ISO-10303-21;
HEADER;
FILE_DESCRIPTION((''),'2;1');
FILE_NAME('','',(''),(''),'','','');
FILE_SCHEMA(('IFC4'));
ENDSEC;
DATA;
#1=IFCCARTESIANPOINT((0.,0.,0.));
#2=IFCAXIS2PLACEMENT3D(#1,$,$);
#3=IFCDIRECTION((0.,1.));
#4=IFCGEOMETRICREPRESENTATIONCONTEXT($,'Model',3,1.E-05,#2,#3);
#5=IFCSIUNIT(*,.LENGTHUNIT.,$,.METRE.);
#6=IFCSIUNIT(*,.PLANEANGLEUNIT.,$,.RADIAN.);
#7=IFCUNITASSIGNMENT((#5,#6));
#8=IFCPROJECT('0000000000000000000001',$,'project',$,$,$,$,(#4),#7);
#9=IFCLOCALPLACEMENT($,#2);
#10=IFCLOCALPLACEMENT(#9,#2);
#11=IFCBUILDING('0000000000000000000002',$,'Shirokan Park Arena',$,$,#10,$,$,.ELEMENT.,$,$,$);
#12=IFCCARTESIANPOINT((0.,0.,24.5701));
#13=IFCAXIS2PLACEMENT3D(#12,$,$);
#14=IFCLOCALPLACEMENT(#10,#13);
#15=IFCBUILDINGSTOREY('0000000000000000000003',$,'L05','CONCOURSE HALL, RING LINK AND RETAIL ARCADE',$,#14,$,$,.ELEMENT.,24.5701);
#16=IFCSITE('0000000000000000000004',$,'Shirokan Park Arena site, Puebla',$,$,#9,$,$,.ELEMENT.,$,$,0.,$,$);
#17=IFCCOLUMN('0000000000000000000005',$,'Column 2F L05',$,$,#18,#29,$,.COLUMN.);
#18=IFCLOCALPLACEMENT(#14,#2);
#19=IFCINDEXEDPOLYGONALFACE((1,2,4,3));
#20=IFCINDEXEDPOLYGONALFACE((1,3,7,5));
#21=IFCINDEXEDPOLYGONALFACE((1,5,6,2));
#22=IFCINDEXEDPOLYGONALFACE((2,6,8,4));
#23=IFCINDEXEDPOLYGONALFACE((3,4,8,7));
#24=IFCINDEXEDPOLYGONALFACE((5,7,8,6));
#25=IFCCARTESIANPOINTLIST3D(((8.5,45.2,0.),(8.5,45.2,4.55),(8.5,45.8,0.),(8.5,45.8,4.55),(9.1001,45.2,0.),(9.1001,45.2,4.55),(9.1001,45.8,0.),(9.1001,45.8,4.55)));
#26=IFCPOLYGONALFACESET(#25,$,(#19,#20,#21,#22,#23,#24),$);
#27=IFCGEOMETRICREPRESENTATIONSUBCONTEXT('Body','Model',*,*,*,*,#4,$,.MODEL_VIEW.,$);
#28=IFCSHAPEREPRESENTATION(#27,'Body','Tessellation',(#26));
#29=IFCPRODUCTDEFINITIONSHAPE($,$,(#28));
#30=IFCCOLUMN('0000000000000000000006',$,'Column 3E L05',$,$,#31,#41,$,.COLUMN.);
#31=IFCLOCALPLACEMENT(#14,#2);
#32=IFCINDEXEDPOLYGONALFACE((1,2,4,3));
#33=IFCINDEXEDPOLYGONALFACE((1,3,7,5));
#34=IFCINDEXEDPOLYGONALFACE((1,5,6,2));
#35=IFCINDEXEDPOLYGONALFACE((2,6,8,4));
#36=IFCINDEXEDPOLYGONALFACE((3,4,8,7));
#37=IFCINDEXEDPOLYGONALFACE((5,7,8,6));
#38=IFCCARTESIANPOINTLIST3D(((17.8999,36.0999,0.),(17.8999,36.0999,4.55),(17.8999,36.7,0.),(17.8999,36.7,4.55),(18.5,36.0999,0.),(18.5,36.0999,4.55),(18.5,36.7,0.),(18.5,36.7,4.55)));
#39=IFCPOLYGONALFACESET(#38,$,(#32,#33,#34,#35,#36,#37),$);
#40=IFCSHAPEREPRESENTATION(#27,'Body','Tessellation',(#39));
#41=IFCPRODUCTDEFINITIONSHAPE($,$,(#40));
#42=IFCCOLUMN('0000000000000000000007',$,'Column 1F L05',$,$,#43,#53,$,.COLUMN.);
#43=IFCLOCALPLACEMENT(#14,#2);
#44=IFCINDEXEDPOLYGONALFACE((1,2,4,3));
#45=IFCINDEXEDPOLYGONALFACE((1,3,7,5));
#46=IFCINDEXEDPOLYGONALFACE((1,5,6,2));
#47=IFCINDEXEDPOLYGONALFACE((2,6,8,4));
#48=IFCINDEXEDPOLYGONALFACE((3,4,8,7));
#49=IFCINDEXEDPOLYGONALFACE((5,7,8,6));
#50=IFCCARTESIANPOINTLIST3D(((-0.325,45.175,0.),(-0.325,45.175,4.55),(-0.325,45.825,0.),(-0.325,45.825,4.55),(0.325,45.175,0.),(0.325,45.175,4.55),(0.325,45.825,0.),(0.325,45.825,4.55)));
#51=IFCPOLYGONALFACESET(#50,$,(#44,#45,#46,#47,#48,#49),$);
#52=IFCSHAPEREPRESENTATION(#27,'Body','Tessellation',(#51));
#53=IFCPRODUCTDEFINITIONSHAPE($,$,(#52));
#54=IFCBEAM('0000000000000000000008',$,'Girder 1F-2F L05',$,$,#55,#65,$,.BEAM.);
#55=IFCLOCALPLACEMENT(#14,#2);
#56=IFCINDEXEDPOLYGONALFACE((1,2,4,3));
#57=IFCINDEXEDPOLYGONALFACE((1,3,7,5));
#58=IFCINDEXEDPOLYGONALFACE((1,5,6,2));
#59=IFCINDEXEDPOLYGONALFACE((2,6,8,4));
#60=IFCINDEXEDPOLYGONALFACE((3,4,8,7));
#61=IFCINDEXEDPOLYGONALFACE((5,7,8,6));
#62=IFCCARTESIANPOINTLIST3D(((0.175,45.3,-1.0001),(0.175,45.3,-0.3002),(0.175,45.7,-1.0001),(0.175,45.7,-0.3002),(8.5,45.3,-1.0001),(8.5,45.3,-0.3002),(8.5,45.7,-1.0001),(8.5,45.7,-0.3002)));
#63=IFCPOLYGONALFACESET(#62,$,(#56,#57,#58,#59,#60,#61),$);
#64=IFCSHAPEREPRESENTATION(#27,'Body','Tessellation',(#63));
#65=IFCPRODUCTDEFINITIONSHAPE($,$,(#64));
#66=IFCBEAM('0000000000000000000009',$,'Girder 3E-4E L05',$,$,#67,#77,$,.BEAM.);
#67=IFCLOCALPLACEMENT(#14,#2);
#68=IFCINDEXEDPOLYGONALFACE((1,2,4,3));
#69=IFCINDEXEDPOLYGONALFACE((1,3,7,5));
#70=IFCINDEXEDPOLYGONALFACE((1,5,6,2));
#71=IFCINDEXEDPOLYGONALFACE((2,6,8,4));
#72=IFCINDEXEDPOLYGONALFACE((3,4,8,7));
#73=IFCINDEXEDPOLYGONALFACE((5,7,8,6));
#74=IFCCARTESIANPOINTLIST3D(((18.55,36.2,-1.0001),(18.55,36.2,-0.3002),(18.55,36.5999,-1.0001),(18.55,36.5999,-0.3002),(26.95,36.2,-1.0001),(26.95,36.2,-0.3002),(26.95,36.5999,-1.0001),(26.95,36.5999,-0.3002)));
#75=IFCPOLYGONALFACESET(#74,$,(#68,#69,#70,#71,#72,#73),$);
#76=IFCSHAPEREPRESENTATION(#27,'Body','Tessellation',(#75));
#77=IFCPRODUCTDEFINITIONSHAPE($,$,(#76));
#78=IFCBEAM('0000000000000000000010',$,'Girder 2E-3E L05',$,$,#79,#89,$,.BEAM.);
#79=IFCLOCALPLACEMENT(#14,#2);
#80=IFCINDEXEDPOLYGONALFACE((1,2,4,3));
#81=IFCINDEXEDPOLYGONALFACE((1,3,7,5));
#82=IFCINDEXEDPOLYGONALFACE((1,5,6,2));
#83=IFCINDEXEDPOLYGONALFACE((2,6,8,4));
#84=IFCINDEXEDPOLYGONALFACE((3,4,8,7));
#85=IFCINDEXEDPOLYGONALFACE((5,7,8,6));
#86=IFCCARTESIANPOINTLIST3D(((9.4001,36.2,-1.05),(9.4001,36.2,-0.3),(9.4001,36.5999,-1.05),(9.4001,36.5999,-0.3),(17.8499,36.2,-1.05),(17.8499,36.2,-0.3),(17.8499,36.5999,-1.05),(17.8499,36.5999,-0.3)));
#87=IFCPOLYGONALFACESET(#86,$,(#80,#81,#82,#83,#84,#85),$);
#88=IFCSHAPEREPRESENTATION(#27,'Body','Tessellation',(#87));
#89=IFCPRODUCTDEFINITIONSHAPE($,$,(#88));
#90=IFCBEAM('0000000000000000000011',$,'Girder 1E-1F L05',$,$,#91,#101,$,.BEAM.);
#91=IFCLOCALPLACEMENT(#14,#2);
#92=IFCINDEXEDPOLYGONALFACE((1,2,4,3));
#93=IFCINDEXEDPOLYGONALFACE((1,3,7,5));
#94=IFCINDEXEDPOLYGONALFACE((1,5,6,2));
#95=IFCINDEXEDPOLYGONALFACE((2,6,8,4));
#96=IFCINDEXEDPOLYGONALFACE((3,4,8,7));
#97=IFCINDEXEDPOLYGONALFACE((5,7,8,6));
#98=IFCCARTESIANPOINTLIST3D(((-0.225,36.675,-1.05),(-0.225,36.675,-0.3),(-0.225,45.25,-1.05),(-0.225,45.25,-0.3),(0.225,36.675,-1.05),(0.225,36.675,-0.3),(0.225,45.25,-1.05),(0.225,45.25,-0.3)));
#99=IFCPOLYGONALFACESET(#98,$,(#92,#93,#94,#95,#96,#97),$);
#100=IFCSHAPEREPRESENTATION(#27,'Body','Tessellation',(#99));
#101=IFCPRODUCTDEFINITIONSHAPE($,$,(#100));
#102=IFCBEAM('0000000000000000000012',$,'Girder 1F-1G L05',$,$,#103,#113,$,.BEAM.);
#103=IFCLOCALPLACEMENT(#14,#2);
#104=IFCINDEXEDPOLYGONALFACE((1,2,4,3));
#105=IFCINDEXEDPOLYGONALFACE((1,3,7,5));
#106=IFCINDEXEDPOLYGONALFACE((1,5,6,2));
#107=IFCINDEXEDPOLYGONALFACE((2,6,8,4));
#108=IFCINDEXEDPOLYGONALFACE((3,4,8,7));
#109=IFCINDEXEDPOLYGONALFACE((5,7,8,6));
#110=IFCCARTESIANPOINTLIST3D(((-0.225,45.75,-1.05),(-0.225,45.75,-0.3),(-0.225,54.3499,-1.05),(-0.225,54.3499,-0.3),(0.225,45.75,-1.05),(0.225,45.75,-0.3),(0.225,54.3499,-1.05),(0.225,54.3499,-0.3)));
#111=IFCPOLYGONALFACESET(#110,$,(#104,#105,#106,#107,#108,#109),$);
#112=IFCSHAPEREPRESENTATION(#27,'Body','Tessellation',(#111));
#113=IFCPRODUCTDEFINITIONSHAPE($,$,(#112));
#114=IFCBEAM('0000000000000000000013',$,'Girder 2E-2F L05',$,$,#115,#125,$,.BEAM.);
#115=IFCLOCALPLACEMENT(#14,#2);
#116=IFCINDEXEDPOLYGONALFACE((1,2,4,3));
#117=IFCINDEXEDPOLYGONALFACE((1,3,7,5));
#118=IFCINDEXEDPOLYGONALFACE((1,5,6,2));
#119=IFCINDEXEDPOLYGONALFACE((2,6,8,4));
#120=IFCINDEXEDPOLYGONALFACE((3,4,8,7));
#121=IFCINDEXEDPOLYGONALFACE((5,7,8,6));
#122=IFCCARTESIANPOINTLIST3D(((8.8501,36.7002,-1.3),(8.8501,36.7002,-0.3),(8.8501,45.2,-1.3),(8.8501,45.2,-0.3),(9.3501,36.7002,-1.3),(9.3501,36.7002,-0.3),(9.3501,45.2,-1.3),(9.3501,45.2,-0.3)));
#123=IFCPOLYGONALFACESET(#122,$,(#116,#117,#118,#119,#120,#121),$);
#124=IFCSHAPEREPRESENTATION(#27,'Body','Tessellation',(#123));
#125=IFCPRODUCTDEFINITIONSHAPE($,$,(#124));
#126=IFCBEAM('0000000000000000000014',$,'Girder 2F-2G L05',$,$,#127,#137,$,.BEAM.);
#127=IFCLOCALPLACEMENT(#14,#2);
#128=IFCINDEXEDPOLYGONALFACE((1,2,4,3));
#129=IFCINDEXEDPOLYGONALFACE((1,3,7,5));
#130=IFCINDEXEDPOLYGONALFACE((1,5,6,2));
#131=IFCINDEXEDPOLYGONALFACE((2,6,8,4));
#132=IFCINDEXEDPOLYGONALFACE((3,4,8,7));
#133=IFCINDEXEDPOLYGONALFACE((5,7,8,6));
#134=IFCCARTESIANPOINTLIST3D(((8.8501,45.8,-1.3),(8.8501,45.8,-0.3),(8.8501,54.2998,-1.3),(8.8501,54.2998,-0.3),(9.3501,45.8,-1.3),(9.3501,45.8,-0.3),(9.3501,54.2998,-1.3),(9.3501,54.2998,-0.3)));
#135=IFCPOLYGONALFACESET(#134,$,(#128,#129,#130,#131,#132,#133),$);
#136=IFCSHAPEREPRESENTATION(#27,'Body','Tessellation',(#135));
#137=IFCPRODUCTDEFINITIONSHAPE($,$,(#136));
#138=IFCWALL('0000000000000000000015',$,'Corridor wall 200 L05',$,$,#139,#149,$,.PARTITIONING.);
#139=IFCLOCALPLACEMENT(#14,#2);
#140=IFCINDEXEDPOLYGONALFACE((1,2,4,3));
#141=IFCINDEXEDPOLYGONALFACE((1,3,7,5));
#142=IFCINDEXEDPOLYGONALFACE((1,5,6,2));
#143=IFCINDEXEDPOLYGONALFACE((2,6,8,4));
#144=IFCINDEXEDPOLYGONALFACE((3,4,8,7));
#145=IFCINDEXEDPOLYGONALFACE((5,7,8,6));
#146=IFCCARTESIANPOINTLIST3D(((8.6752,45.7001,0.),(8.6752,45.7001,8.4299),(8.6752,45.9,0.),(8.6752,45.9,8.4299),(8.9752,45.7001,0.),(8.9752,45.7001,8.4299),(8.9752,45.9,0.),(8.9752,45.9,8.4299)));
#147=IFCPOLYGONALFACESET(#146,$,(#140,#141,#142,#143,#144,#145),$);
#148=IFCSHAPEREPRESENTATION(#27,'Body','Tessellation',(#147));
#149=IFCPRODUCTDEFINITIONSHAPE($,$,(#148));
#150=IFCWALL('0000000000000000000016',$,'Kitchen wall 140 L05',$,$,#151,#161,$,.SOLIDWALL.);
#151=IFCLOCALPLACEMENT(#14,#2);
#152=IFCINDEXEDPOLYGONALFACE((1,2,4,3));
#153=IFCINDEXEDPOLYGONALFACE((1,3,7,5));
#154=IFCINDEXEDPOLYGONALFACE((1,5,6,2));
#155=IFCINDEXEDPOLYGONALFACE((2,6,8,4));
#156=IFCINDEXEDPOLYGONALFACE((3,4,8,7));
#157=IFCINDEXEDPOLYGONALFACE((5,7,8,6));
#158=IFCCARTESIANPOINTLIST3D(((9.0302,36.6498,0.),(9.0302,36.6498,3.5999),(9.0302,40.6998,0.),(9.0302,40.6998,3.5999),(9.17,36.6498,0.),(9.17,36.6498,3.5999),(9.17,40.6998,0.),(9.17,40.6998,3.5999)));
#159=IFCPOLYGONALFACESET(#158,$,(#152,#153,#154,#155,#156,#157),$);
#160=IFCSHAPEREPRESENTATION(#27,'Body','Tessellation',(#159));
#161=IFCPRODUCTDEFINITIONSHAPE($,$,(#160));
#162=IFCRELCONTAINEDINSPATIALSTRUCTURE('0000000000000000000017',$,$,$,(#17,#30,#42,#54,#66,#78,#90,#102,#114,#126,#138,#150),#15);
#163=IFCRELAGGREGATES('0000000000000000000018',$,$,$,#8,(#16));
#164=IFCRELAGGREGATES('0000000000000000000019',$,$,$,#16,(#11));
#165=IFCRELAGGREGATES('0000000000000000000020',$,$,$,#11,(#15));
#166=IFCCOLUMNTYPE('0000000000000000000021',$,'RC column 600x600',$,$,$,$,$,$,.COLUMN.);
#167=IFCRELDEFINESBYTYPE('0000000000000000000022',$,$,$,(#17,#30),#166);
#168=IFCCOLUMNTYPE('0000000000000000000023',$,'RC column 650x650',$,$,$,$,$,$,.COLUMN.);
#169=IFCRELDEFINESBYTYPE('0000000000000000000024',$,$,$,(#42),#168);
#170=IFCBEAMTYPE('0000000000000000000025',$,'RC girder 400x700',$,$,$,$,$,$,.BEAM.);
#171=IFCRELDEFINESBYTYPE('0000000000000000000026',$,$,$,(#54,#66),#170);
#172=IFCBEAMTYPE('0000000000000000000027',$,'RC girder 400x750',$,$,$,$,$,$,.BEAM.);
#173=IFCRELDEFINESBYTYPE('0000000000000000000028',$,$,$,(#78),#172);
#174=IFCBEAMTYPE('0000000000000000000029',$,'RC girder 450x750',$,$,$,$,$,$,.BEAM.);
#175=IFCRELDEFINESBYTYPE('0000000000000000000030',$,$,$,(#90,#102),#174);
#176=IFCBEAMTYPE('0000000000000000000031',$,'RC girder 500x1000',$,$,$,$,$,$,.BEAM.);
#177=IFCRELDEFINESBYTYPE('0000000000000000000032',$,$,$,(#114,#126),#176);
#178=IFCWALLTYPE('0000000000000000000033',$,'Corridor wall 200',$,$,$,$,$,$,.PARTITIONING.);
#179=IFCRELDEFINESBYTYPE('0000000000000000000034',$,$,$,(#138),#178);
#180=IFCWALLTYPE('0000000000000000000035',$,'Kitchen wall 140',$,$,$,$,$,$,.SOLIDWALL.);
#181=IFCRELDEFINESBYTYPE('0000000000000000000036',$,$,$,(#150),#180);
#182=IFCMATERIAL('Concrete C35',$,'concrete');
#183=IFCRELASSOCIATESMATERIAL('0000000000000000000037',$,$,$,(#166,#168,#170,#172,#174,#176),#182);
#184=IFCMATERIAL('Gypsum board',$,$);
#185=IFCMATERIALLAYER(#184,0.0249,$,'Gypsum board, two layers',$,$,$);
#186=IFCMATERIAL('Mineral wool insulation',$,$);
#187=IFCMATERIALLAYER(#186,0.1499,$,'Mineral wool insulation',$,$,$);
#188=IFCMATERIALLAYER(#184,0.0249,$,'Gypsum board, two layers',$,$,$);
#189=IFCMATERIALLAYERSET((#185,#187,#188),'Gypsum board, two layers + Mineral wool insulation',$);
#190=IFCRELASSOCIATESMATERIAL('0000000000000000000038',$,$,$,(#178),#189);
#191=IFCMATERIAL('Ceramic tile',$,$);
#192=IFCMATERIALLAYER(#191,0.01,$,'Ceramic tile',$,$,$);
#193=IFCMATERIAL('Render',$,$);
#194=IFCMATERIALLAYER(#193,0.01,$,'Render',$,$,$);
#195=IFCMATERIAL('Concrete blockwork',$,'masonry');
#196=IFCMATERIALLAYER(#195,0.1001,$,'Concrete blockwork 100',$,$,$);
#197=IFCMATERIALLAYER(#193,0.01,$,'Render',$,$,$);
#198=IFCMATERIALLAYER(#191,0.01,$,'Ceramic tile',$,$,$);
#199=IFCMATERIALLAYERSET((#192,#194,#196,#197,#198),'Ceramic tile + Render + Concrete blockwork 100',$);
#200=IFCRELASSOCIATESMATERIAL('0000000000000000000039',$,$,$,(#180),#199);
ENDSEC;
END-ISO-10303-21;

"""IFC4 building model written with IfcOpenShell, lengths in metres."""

from ifc_helpers import new_model, si_unit, direction, frame, frame_2d, origin, origin_2d, place, context, subcontext, project, spatial, rectangle, extrude, material, layer, layer_set, material_profile, profile_set, type_object, element, save


model = new_model("IFC4")

# Units and contexts
model_context = context("Model", 3, precision=1e-05, world=origin(), true_north=direction((0.0, 1.0)))
body_context = subcontext(model_context, "Body", "Model", "MODEL_VIEW")
ifc_project = project(units=[si_unit("LENGTHUNIT", "METRE"), si_unit("PLANEANGLEUNIT", "RADIAN")], contexts=[model_context])

# Site, building, storey
site_placement = place(None, origin())
site = spatial("IfcSite", under=ifc_project, at=site_placement, Name="Shirokan Park Arena site, Puebla", CompositionType="ELEMENT", RefElevation=0.0)
building_placement = place(site_placement, origin())
building = spatial("IfcBuilding", under=site, at=building_placement, Name="Shirokan Park Arena", CompositionType="ELEMENT")
storey_placement = place(building_placement, frame((0.0, 0.0, 24.5701)))
storey = spatial("IfcBuildingStorey", under=building, at=storey_placement, Name="L05", Description="CONCOURSE HALL, RING LINK AND RETAIL ARCADE", CompositionType="ELEMENT", Elevation=24.5701)

# Columns
ifc_material_1 = material(Name="Concrete C35", Category="concrete")
ifc_material_profile_1 = material_profile(ifc_material_1, rectangle(XDim=0.6001, YDim=0.6001, at=origin_2d()), Name="600x600")
ifc_profile_set_1 = profile_set([ifc_material_profile_1], Name="Concrete C35")
column_type_1 = type_object("IfcColumnType", Name="RC column 600x600", PredefinedType="COLUMN", material=ifc_profile_set_1)
for number, where, z_axis, x_axis, name in (
    (1, (8.8, 45.5, 0.0), (0.0, 0.0, 1.0), (1.0, 0.0, 0.0), "Column 2F L05"),
    (2, (18.2, 36.3999, 0.0), (0.0, 0.0, 1.0), (1.0, 0.0, 0.0), "Column 3E L05"),
):
    element("IfcColumn", number, at=place(storey_placement, frame(where, z_axis=z_axis, x_axis=x_axis)), inside=storey, type_object=column_type_1, Name=name, PredefinedType="COLUMN", context=body_context, shape_type="SweptSolid", body=[
        extrude(rectangle(XDim=0.6001, YDim=0.6001, at=origin_2d()), origin(), (0.0, 0.0, 1.0), 4.55),
    ])
ifc_material_profile_2 = material_profile(ifc_material_1, rectangle(XDim=0.6499, YDim=0.6499, at=origin_2d()), Name="650x650")
ifc_profile_set_2 = profile_set([ifc_material_profile_2], Name="Concrete C35")
column_type_2 = type_object("IfcColumnType", Name="RC column 650x650", PredefinedType="COLUMN", material=ifc_profile_set_2)
column_placement = place(storey_placement, frame((0.0, 45.5, 0.0), z_axis=(0.0, 0.0, 1.0), x_axis=(1.0, 0.0, 0.0)))
element("IfcColumn", 3, at=column_placement, inside=storey, type_object=column_type_2, Name="Column 1F L05", PredefinedType="COLUMN", context=body_context, shape_type="SweptSolid", body=[
    extrude(rectangle(XDim=0.6499, YDim=0.6499, at=origin_2d()), origin(), (0.0, 0.0, 1.0), 4.55),
])

# Beams
ifc_material_profile_3 = material_profile(ifc_material_1, rectangle(XDim=0.3999, YDim=0.7, at=origin_2d()), Name="400x700")
ifc_profile_set_3 = profile_set([ifc_material_profile_3], Name="Concrete C35")
beam_type_1 = type_object("IfcBeamType", Name="RC girder 400x700", PredefinedType="BEAM", material=ifc_profile_set_3)
beam_1_placement = place(storey_placement, frame((0.175, 45.5, -0.6501), z_axis=(1.0, 0.0, 0.0), x_axis=(0.0, 1.0, 0.0)))
element("IfcBeam", 4, at=beam_1_placement, inside=storey, type_object=beam_type_1, Name="Girder 1F-2F L05", PredefinedType="BEAM", context=body_context, shape_type="SweptSolid", body=[
    extrude(rectangle(XDim=0.3999, YDim=0.7, at=origin_2d()), origin(), (0.0, 0.0, 1.0), 8.325),
])
beam_2_placement = place(storey_placement, frame((18.55, 36.3999, -0.6501), z_axis=(1.0, 0.0, 0.0), x_axis=(0.0, 1.0, 0.0)))
element("IfcBeam", 5, at=beam_2_placement, inside=storey, type_object=beam_type_1, Name="Girder 3E-4E L05", PredefinedType="BEAM", context=body_context, shape_type="SweptSolid", body=[
    extrude(rectangle(XDim=0.3999, YDim=0.7, at=origin_2d()), origin(), (0.0, 0.0, 1.0), 8.3999),
])
ifc_material_profile_4 = material_profile(ifc_material_1, rectangle(XDim=0.3999, YDim=0.75, at=origin_2d()), Name="400x750")
ifc_profile_set_4 = profile_set([ifc_material_profile_4], Name="Concrete C35")
beam_type_2 = type_object("IfcBeamType", Name="RC girder 400x750", PredefinedType="BEAM", material=ifc_profile_set_4)
beam_3_placement = place(storey_placement, frame((9.4001, 36.3999, -0.675), z_axis=(1.0, 0.0, 0.0), x_axis=(0.0, 1.0, 0.0)))
element("IfcBeam", 6, at=beam_3_placement, inside=storey, type_object=beam_type_2, Name="Girder 2E-3E L05", PredefinedType="BEAM", context=body_context, shape_type="SweptSolid", body=[
    extrude(rectangle(XDim=0.3999, YDim=0.75, at=origin_2d()), origin(), (0.0, 0.0, 1.0), 8.4497),
])
ifc_material_profile_5 = material_profile(ifc_material_1, rectangle(XDim=0.45, YDim=0.75, at=origin_2d()), Name="450x750")
ifc_profile_set_5 = profile_set([ifc_material_profile_5], Name="Concrete C35")
beam_type_3 = type_object("IfcBeamType", Name="RC girder 450x750", PredefinedType="BEAM", material=ifc_profile_set_5)
beam_4_placement = place(storey_placement, frame((0.0, 36.675, -0.675), z_axis=(0.0, 1.0, 0.0), x_axis=(-1.0, 0.0, 0.0)))
element("IfcBeam", 7, at=beam_4_placement, inside=storey, type_object=beam_type_3, Name="Girder 1E-1F L05", PredefinedType="BEAM", context=body_context, shape_type="SweptSolid", body=[
    extrude(rectangle(XDim=0.45, YDim=0.75, at=origin_2d()), origin(), (0.0, 0.0, 1.0), 8.575),
])
beam_5_placement = place(storey_placement, frame((0.0, 45.75, -0.675), z_axis=(0.0, 1.0, 0.0), x_axis=(-1.0, 0.0, 0.0)))
element("IfcBeam", 8, at=beam_5_placement, inside=storey, type_object=beam_type_3, Name="Girder 1F-1G L05", PredefinedType="BEAM", context=body_context, shape_type="SweptSolid", body=[
    extrude(rectangle(XDim=0.45, YDim=0.75, at=origin_2d()), origin(), (0.0, 0.0, 1.0), 8.5999),
])
ifc_material_profile_6 = material_profile(ifc_material_1, rectangle(XDim=0.5, YDim=1.0, at=origin_2d()), Name="500x1000")
ifc_profile_set_6 = profile_set([ifc_material_profile_6], Name="Concrete C35")
beam_type_4 = type_object("IfcBeamType", Name="RC girder 500x1000", PredefinedType="BEAM", material=ifc_profile_set_6)
for number, where, z_axis, x_axis, name in (
    (9, (9.1001, 36.7002, -0.8), (0.0, 1.0, 0.0), (-1.0, 0.0, 0.0), "Girder 2E-2F L05"),
    (10, (9.1001, 45.8, -0.8), (0.0, 1.0, 0.0), (-1.0, 0.0, 0.0), "Girder 2F-2G L05"),
):
    element("IfcBeam", number, at=place(storey_placement, frame(where, z_axis=z_axis, x_axis=x_axis)), inside=storey, type_object=beam_type_4, Name=name, PredefinedType="BEAM", context=body_context, shape_type="SweptSolid", body=[
        extrude(rectangle(XDim=0.5, YDim=1.0, at=origin_2d()), origin(), (0.0, 0.0, 1.0), 8.4998),
    ])

# Shared definitions
ifc_material_2 = material(Name="Gypsum board")
ifc_layer_1 = layer(ifc_material_2, 0.0249, Name="Gypsum board, two layers")
ifc_material_3 = material(Name="Mineral wool insulation")
ifc_layer_2 = layer(ifc_material_3, 0.1499, Name="Mineral wool insulation")
ifc_layer_3 = layer(ifc_material_2, 0.0249, Name="Gypsum board, two layers")
ifc_layer_set_1 = layer_set([ifc_layer_1, ifc_layer_2, ifc_layer_3], Name="Gypsum board, two layers + Mineral wool insulation")
wall_type_1 = type_object("IfcWallType", Name="Corridor wall 200", PredefinedType="PARTITIONING", material=ifc_layer_set_1)

# Walls
wall_1_placement = place(storey_placement, frame((8.9751, 45.8, 0.0), z_axis=(0.0, 0.0, 1.0), x_axis=(-1.0, 0.0, 0.0)))
element("IfcWall", 11, at=wall_1_placement, inside=storey, type_object=wall_type_1, Name="Corridor wall 200 L05", PredefinedType="PARTITIONING", context=body_context, shape_type="SweptSolid", body=[
    extrude(rectangle(XDim=0.3, YDim=0.2, at=frame_2d((0.1499, 0.0))), origin(), (0.0, 0.0, 1.0), 8.4299),
])
ifc_material_4 = material(Name="Ceramic tile")
ifc_layer_4 = layer(ifc_material_4, 0.01, Name="Ceramic tile")
ifc_material_5 = material(Name="Render")
ifc_layer_5 = layer(ifc_material_5, 0.01, Name="Render")
ifc_material_6 = material(Name="Concrete blockwork", Category="masonry")
ifc_layer_6 = layer(ifc_material_6, 0.1001, Name="Concrete blockwork 100")
ifc_layer_7 = layer(ifc_material_5, 0.01, Name="Render")
ifc_layer_8 = layer(ifc_material_4, 0.01, Name="Ceramic tile")
ifc_layer_set_2 = layer_set([ifc_layer_4, ifc_layer_5, ifc_layer_6, ifc_layer_7, ifc_layer_8], Name="Ceramic tile + Render + Concrete blockwork 100")
wall_type_2 = type_object("IfcWallType", Name="Kitchen wall 140", PredefinedType="SOLIDWALL", material=ifc_layer_set_2)
wall_2_placement = place(storey_placement, frame((9.1001, 36.6499, 0.0), z_axis=(0.0, 0.0, 1.0), x_axis=(0.0, 1.0, 0.0)))
element("IfcWall", 12, at=wall_2_placement, inside=storey, type_object=wall_type_2, Name="Kitchen wall 140 L05", PredefinedType="SOLIDWALL", context=body_context, shape_type="SweptSolid", body=[
    extrude(rectangle(XDim=4.05, YDim=0.1399, at=frame_2d((2.0249, 0.0))), origin(), (0.0, 0.0, 1.0), 3.5999),
])

save(model, "model.ifc")
